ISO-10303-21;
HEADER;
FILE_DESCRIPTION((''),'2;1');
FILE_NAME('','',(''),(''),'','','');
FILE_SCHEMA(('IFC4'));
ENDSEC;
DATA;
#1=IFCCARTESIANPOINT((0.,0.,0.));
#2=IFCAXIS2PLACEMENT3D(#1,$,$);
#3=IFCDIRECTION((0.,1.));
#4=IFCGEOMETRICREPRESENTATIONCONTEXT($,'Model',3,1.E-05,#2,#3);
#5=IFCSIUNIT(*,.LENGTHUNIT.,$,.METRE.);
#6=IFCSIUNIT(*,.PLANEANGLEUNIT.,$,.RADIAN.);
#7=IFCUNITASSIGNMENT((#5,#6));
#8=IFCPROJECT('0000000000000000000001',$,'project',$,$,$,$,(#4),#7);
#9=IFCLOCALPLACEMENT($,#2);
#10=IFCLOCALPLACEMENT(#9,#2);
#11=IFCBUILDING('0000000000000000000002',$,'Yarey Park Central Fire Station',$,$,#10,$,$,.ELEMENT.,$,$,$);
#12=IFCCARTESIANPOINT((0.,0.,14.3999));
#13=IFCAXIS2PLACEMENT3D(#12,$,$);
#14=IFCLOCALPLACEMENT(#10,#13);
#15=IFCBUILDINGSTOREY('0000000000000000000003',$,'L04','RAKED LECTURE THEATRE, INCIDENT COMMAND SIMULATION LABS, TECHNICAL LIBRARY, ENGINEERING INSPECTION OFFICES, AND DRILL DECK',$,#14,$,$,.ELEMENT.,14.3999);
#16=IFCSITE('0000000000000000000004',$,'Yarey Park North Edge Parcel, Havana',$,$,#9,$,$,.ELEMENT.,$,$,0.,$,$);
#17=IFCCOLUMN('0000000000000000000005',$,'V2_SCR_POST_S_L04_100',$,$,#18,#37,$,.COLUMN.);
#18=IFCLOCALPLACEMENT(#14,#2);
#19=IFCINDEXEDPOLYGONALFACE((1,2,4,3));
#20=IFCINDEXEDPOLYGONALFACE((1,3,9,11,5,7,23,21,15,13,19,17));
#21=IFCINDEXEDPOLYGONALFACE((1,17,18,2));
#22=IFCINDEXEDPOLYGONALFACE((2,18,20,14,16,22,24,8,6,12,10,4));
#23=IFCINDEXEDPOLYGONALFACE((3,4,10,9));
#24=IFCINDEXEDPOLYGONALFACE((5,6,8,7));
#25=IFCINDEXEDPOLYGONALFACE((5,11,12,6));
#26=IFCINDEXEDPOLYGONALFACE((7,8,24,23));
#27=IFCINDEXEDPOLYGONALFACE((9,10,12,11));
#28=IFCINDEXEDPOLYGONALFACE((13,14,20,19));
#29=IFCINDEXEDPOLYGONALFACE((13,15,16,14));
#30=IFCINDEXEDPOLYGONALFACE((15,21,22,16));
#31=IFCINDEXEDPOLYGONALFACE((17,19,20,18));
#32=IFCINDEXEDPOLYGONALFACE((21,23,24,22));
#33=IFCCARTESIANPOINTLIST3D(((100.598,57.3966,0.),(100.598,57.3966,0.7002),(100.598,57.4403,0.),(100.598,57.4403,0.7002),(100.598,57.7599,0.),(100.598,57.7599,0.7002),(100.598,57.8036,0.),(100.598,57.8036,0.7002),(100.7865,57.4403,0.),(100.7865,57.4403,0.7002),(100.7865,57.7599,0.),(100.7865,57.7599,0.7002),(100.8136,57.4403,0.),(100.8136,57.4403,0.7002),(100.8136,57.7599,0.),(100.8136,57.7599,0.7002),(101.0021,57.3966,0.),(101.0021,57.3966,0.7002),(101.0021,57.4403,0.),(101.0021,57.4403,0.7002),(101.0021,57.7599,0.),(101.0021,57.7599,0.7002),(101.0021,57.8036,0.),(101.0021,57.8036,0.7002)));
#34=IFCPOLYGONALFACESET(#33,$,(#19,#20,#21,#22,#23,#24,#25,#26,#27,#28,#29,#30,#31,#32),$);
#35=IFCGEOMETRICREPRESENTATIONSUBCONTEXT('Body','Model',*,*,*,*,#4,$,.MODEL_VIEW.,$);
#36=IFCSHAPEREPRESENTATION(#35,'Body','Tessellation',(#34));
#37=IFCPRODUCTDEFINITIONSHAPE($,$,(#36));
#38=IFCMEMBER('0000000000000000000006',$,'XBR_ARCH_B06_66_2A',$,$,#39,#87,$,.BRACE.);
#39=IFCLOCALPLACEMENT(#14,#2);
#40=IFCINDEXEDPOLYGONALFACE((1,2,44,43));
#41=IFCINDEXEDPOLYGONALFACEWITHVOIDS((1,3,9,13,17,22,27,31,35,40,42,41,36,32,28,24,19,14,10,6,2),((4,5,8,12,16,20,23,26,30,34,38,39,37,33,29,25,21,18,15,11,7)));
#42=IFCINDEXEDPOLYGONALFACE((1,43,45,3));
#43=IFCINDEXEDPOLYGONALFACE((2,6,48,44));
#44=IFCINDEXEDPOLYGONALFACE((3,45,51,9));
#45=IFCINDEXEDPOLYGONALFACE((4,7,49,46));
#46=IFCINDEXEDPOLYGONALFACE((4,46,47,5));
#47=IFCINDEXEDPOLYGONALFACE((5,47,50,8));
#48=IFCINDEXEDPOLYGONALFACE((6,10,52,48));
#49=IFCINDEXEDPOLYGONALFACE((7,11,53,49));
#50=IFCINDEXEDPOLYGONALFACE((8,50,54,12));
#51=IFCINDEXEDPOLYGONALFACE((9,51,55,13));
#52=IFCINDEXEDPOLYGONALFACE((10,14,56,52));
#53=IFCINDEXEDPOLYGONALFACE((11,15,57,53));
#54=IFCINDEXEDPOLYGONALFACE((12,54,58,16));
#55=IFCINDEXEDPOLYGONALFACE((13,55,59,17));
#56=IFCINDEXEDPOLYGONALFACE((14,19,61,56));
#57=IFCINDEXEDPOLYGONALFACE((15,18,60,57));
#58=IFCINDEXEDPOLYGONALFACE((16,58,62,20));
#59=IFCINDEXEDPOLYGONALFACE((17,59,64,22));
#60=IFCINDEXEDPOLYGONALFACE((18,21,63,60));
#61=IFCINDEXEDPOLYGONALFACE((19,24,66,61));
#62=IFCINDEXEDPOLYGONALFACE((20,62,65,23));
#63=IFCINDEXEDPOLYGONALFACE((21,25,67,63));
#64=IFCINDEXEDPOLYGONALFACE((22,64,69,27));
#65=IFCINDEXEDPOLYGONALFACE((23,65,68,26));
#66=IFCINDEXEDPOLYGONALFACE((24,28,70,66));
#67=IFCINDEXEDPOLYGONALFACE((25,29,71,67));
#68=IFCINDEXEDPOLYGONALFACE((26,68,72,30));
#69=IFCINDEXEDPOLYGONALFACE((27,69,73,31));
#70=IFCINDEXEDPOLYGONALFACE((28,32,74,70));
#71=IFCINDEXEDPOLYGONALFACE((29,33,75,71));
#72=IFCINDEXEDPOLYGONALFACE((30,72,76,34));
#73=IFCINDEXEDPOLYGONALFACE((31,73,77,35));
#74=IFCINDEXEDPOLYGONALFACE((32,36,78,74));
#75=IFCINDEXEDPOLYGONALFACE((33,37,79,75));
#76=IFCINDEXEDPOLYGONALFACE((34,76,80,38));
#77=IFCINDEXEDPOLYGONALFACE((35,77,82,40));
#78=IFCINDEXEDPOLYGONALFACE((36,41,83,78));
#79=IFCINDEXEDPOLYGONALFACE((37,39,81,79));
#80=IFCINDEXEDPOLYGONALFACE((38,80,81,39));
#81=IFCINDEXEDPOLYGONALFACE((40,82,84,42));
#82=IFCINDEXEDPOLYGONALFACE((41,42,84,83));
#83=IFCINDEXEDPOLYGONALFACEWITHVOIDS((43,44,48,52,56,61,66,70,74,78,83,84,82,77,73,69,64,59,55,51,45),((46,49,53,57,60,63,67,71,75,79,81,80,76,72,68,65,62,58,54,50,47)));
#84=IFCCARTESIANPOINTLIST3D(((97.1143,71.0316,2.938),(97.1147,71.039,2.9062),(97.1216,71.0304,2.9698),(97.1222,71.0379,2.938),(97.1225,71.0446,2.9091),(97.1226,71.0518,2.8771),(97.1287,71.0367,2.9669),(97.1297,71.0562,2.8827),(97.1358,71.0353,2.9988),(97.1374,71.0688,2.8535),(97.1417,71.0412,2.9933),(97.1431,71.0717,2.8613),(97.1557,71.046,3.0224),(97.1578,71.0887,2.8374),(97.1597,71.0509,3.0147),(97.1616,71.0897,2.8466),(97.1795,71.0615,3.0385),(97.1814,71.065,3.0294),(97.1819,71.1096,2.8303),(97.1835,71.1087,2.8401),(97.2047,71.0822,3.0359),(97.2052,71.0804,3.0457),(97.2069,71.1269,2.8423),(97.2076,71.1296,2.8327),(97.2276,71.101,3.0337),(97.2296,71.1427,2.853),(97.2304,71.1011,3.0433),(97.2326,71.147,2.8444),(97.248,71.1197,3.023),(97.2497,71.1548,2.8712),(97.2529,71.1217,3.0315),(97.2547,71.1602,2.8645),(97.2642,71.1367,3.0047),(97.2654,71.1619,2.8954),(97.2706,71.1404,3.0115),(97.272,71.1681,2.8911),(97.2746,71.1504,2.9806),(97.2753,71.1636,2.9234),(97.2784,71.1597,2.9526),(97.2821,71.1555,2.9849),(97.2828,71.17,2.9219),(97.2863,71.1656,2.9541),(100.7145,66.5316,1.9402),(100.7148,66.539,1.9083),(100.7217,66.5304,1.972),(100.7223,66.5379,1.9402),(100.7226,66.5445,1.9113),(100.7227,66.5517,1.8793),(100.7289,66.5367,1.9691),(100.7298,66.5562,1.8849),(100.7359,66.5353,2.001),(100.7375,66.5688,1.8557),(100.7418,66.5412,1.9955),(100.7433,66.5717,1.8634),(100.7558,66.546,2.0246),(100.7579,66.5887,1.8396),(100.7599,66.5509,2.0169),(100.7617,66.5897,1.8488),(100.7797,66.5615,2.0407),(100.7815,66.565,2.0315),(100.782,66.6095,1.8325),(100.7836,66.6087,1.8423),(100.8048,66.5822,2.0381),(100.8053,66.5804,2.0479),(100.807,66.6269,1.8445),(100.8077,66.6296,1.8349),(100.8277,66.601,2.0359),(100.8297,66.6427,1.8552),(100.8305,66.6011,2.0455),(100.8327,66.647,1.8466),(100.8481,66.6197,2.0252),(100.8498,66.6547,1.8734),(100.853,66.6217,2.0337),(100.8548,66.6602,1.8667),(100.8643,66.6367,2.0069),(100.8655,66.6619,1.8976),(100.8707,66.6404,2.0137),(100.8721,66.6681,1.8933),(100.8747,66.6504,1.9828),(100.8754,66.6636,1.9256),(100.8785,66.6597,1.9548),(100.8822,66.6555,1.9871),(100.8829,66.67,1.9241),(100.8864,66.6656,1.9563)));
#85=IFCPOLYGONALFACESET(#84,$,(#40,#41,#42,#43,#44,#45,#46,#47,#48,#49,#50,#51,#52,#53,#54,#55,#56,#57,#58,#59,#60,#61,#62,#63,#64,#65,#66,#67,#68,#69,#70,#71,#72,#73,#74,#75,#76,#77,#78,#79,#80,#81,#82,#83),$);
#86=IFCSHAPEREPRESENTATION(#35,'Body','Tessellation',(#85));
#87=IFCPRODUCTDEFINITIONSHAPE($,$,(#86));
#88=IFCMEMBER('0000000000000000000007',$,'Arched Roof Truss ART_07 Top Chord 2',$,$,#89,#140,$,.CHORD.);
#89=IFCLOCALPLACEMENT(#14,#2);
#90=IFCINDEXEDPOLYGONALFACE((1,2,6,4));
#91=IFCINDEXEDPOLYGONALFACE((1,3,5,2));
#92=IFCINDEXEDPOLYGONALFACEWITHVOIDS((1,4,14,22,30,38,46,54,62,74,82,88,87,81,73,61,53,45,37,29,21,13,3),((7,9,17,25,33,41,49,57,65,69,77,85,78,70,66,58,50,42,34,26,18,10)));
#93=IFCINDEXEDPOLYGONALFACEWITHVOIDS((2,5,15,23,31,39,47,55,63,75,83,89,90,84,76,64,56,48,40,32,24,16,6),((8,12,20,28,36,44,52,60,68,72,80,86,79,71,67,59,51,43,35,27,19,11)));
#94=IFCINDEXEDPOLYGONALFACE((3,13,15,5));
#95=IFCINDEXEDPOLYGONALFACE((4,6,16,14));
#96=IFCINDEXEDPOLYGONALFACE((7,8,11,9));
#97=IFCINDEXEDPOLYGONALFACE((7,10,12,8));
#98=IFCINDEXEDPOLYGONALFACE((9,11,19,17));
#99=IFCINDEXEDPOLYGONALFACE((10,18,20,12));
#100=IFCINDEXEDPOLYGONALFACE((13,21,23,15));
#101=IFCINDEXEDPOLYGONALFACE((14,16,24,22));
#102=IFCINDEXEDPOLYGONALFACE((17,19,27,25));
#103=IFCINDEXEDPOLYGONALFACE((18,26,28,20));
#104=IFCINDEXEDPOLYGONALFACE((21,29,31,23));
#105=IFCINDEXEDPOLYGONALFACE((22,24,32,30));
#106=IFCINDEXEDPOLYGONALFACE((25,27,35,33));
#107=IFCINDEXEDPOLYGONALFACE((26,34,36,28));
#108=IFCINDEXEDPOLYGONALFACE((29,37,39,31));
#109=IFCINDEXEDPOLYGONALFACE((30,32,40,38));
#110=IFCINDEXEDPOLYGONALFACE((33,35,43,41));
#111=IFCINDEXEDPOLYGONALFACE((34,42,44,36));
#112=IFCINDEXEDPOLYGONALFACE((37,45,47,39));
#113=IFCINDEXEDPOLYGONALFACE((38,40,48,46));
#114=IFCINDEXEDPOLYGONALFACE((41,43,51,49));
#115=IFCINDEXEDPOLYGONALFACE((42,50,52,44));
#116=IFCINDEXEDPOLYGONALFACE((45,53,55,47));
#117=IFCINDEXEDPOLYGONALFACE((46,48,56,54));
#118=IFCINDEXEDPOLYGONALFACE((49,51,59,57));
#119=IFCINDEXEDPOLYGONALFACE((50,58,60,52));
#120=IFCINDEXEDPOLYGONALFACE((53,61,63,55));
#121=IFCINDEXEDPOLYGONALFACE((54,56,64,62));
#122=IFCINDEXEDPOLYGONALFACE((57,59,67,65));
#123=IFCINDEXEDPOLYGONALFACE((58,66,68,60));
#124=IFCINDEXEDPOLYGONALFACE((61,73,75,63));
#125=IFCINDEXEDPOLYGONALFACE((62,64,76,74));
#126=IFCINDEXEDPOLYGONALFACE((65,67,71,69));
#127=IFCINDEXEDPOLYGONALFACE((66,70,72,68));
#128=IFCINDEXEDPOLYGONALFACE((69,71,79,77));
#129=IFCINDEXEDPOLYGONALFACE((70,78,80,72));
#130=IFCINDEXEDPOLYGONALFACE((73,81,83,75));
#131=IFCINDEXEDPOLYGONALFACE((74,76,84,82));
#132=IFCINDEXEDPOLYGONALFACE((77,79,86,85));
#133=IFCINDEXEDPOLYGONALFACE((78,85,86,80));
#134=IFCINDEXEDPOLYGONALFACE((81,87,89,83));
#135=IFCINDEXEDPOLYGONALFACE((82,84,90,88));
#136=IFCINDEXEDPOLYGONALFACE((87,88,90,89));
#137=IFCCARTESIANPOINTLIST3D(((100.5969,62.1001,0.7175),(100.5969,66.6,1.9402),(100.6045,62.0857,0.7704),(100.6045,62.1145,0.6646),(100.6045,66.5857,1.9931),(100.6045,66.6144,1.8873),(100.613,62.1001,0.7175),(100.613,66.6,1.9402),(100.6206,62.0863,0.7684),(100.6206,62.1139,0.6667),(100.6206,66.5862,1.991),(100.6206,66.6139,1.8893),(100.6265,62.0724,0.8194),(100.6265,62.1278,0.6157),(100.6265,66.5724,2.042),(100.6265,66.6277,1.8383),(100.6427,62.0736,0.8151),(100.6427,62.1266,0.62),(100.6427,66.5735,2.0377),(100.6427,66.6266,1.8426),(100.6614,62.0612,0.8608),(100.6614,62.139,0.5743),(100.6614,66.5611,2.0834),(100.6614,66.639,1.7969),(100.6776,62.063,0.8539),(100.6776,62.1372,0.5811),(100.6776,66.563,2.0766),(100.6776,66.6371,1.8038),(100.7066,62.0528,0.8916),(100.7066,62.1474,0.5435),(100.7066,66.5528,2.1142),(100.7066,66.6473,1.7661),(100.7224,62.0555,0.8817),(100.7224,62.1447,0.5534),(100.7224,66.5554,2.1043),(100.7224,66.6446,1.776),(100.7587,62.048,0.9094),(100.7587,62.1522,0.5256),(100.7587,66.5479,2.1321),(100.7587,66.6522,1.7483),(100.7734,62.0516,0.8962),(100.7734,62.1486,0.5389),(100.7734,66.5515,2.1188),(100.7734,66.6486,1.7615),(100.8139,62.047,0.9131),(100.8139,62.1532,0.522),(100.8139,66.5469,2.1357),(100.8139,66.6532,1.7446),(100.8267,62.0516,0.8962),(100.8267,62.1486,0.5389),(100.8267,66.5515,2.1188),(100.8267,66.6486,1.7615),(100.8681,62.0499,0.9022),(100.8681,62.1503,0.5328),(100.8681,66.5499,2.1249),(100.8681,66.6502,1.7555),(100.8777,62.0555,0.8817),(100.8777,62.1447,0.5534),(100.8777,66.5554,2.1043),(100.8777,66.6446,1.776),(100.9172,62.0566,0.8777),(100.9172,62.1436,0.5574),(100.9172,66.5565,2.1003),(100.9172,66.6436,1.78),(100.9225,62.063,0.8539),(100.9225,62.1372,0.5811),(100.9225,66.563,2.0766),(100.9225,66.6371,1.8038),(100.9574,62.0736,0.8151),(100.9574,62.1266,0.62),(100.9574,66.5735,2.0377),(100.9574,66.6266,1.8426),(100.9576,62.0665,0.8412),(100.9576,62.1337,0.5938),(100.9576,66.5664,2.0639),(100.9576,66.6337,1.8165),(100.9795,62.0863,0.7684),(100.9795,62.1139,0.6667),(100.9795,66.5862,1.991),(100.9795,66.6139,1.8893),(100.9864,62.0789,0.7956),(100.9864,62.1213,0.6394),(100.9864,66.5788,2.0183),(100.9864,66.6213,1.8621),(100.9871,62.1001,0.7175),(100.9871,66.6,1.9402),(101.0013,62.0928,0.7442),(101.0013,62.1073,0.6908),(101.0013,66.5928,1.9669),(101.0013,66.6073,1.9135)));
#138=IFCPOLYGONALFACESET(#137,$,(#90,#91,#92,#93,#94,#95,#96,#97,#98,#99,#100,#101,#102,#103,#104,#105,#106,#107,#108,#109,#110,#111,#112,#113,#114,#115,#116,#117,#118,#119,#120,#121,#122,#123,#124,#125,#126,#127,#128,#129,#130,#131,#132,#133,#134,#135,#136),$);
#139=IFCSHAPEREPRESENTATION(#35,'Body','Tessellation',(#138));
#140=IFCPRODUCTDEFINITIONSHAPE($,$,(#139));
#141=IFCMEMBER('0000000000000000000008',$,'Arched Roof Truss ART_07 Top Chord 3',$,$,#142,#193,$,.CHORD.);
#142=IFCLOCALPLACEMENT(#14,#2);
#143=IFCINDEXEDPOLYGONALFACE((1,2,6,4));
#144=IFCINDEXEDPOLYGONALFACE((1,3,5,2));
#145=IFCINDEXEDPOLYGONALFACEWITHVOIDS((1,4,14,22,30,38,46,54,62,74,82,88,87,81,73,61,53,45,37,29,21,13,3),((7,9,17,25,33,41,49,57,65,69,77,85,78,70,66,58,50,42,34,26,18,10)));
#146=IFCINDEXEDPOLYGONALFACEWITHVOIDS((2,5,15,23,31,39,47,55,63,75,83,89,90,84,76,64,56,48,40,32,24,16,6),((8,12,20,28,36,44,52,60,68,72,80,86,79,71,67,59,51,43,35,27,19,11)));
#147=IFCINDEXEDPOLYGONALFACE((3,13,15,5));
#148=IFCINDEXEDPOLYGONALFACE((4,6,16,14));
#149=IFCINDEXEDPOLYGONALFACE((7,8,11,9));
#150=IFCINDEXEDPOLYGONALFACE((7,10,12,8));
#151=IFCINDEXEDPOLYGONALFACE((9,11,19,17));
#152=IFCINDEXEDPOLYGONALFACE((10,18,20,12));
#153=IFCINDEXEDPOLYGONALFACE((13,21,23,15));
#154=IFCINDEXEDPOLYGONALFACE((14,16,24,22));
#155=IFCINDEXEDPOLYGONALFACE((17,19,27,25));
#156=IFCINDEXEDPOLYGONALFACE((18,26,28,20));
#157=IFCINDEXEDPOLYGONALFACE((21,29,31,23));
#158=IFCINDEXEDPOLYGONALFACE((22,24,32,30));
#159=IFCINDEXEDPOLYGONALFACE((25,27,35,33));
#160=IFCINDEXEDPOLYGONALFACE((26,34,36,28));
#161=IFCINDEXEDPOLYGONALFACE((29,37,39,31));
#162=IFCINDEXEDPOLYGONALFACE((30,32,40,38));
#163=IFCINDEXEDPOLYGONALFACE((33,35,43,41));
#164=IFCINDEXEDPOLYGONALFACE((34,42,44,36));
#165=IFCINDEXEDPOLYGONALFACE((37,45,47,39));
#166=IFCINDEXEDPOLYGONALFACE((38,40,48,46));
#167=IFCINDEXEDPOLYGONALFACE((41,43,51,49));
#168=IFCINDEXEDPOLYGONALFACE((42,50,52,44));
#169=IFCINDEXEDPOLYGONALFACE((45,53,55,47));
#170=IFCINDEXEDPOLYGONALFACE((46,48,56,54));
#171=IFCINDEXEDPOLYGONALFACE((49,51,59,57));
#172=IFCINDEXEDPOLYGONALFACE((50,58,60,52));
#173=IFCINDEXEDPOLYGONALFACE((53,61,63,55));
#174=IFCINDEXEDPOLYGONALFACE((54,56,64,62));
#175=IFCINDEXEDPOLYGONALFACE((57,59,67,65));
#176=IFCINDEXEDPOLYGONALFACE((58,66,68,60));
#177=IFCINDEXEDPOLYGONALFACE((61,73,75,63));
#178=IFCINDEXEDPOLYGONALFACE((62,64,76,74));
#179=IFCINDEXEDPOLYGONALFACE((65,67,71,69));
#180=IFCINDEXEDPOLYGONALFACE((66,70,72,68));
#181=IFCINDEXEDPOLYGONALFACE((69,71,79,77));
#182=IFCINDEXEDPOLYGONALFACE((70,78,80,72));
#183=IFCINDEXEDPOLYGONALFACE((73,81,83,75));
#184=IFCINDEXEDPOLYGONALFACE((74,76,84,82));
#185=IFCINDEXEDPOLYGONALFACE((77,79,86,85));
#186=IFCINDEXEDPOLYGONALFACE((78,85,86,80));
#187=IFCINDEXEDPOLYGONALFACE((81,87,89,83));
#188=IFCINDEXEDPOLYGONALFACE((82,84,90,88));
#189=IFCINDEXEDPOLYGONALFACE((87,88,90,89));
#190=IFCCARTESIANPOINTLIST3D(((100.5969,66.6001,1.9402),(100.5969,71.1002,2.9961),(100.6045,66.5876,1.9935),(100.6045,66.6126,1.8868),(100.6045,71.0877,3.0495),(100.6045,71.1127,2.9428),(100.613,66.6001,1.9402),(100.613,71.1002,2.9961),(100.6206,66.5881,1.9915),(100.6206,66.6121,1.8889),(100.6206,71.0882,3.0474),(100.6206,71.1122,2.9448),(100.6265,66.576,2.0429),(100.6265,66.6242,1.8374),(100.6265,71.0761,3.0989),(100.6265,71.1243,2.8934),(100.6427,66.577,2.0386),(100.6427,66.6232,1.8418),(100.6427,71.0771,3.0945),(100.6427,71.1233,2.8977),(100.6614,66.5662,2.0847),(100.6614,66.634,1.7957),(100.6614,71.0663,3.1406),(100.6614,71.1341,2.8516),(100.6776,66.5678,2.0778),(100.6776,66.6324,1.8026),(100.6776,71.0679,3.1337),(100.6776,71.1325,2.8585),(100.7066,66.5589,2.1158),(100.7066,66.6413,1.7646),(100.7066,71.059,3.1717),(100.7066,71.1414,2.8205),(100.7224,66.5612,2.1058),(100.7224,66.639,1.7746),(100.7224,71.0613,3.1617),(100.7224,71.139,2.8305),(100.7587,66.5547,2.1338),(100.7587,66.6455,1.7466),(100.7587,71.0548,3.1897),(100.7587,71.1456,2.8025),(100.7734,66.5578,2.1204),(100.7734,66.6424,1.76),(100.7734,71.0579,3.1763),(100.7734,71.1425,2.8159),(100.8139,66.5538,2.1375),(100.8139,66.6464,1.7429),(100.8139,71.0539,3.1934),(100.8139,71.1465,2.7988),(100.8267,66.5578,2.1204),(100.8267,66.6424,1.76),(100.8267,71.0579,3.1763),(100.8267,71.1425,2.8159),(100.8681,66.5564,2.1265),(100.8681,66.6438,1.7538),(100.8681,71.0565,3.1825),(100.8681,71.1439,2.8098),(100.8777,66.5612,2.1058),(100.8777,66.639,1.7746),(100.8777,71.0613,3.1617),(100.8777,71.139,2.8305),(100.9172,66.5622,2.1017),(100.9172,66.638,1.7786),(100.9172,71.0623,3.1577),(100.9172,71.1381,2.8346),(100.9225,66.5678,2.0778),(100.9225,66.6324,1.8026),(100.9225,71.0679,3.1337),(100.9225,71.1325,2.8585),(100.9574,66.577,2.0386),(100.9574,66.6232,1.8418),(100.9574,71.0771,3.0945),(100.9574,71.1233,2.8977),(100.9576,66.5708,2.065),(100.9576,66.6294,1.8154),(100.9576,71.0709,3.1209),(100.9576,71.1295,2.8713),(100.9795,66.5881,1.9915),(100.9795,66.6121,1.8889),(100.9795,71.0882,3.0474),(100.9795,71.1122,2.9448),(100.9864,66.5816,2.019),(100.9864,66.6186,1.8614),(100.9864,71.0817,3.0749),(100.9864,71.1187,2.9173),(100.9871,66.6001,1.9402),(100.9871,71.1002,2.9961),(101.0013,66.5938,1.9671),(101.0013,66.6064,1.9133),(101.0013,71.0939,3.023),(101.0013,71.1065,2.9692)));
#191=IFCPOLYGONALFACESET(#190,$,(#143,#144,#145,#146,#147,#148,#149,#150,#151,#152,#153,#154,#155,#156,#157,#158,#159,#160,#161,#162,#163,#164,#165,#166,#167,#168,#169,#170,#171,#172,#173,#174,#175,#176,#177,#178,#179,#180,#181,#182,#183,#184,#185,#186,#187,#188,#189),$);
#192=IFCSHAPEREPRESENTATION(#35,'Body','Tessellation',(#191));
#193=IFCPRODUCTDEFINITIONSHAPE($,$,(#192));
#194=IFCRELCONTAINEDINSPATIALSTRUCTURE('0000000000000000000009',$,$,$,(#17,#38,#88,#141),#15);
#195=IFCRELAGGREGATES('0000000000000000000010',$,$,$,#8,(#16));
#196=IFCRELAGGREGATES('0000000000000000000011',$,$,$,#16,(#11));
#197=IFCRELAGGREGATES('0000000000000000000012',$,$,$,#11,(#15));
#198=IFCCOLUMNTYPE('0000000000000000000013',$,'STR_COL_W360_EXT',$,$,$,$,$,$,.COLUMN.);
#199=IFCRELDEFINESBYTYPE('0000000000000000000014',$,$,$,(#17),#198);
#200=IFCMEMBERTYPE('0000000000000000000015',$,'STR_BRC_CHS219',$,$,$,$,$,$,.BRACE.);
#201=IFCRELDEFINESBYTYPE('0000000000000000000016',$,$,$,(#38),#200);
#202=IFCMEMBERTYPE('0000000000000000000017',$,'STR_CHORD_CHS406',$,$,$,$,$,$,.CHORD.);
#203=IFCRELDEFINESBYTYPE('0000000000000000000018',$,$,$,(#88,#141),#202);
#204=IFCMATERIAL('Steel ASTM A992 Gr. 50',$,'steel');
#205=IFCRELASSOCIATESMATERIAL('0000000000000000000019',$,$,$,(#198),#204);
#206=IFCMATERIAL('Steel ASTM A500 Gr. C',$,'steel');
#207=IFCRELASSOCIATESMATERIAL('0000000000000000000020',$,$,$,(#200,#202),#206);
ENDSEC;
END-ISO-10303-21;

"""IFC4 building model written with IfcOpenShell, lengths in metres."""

from ifc_helpers import new_model, si_unit, direction, frame, origin, origin_2d, place, context, subcontext, project, spatial, hollow_circle, i_section, extrude, material, material_profile, profile_set, type_object, element, save


model = new_model("IFC4")

# Units and contexts
model_context = context("Model", 3, precision=1e-05, world=origin(), true_north=direction((0.0, 1.0)))
body_context = subcontext(model_context, "Body", "Model", "MODEL_VIEW")
ifc_project = project(units=[si_unit("LENGTHUNIT", "METRE"), si_unit("PLANEANGLEUNIT", "RADIAN")], contexts=[model_context])

# Site, building, storey
site_placement = place(None, origin())
site = spatial("IfcSite", under=ifc_project, at=site_placement, Name="Yarey Park North Edge Parcel, Havana", CompositionType="ELEMENT", RefElevation=0.0)
building_placement = place(site_placement, origin())
building = spatial("IfcBuilding", under=site, at=building_placement, Name="Yarey Park Central Fire Station", CompositionType="ELEMENT")
storey_placement = place(building_placement, frame((0.0, 0.0, 14.3999)))
storey = spatial("IfcBuildingStorey", under=building, at=storey_placement, Name="L04", Description="RAKED LECTURE THEATRE, INCIDENT COMMAND SIMULATION LABS, TECHNICAL LIBRARY, ENGINEERING INSPECTION OFFICES, AND DRILL DECK", CompositionType="ELEMENT", Elevation=14.3999)

# Column
ifc_material_1 = material(Name="Steel ASTM A992 Gr. 50", Category="steel")
ifc_material_profile_1 = material_profile(ifc_material_1, i_section(OverallWidth=0.4041, OverallDepth=0.407, WebThickness=0.0271, FlangeThickness=0.0437, at=origin_2d()), Name="W360x347")
ifc_profile_set_1 = profile_set([ifc_material_profile_1], Name="Steel ASTM A992 Gr. 50")
column_type = type_object("IfcColumnType", Name="STR_COL_W360_EXT", PredefinedType="COLUMN", material=ifc_profile_set_1)
column_placement = place(storey_placement, frame((100.8, 57.6001, 0.0), z_axis=(0.0, 0.0, 1.0), x_axis=(1.0, 0.0, 0.0)))
element("IfcColumn", 1, at=column_placement, inside=storey, type_object=column_type, Name="V2_SCR_POST_S_L04_100", PredefinedType="COLUMN", context=body_context, shape_type="SweptSolid", body=[
    extrude(i_section(OverallWidth=0.4041, OverallDepth=0.407, WebThickness=0.0271, FlangeThickness=0.0437, at=origin_2d()), origin(), (0.0, 0.0, 1.0), 0.7002),
])

# Members
ifc_material_2 = material(Name="Steel ASTM A500 Gr. C", Category="steel")
ifc_material_profile_2 = material_profile(ifc_material_2, hollow_circle(Radius=0.1096, WallThickness=0.01, at=origin_2d()), Name="CHS 219.1x10")
ifc_profile_set_2 = profile_set([ifc_material_profile_2], Name="Steel ASTM A500 Gr. C")
member_type_1 = type_object("IfcMemberType", Name="STR_BRC_CHS219", PredefinedType="BRACE", material=ifc_profile_set_2)
member_1_placement = place(storey_placement, frame((100.8, 66.6001, 1.9402), z_axis=(-0.615547, 0.769413, 0.170605), x_axis=(-0.780861, -0.624705, 0.0)))
element("IfcMember", 2, at=member_1_placement, inside=storey, type_object=member_type_1, Name="XBR_ARCH_B06_66_2A", PredefinedType="BRACE", context=body_context, shape_type="SweptSolid", body=[
    extrude(hollow_circle(Radius=0.1096, WallThickness=0.01, at=origin_2d()), origin(), (0.0, 0.0, 1.0), 5.8486),
])
ifc_material_profile_3 = material_profile(ifc_material_2, hollow_circle(Radius=0.2031, WallThickness=0.0161, at=origin_2d()), Name="CHS 406.4x16")
ifc_profile_set_3 = profile_set([ifc_material_profile_3], Name="Steel ASTM A500 Gr. C")
member_type_2 = type_object("IfcMemberType", Name="STR_CHORD_CHS406", PredefinedType="CHORD", material=ifc_profile_set_3)
member_2_placement = place(storey_placement, frame((100.8, 62.1001, 0.7175), z_axis=(0.0, 0.965015, 0.262196), x_axis=(-1.0, 0.0, 0.0)))
element("IfcMember", 3, at=member_2_placement, inside=storey, type_object=member_type_2, Name="Arched Roof Truss ART_07 Top Chord 2", PredefinedType="CHORD", context=body_context, shape_type="SweptSolid", body=[
    extrude(hollow_circle(Radius=0.2031, WallThickness=0.0161, at=origin_2d()), origin(), (0.0, 0.0, 1.0), 4.6631),
])
member_3_placement = place(storey_placement, frame((100.8, 66.6001, 1.9402), z_axis=(0.0, 0.973558, 0.228442), x_axis=(-1.0, 0.0, 0.0)))
element("IfcMember", 4, at=member_3_placement, inside=storey, type_object=member_type_2, Name="Arched Roof Truss ART_07 Top Chord 3", PredefinedType="CHORD", context=body_context, shape_type="SweptSolid", body=[
    extrude(hollow_circle(Radius=0.2031, WallThickness=0.0161, at=origin_2d()), origin(), (0.0, 0.0, 1.0), 4.6223),
])

save(model, "model.ifc")
